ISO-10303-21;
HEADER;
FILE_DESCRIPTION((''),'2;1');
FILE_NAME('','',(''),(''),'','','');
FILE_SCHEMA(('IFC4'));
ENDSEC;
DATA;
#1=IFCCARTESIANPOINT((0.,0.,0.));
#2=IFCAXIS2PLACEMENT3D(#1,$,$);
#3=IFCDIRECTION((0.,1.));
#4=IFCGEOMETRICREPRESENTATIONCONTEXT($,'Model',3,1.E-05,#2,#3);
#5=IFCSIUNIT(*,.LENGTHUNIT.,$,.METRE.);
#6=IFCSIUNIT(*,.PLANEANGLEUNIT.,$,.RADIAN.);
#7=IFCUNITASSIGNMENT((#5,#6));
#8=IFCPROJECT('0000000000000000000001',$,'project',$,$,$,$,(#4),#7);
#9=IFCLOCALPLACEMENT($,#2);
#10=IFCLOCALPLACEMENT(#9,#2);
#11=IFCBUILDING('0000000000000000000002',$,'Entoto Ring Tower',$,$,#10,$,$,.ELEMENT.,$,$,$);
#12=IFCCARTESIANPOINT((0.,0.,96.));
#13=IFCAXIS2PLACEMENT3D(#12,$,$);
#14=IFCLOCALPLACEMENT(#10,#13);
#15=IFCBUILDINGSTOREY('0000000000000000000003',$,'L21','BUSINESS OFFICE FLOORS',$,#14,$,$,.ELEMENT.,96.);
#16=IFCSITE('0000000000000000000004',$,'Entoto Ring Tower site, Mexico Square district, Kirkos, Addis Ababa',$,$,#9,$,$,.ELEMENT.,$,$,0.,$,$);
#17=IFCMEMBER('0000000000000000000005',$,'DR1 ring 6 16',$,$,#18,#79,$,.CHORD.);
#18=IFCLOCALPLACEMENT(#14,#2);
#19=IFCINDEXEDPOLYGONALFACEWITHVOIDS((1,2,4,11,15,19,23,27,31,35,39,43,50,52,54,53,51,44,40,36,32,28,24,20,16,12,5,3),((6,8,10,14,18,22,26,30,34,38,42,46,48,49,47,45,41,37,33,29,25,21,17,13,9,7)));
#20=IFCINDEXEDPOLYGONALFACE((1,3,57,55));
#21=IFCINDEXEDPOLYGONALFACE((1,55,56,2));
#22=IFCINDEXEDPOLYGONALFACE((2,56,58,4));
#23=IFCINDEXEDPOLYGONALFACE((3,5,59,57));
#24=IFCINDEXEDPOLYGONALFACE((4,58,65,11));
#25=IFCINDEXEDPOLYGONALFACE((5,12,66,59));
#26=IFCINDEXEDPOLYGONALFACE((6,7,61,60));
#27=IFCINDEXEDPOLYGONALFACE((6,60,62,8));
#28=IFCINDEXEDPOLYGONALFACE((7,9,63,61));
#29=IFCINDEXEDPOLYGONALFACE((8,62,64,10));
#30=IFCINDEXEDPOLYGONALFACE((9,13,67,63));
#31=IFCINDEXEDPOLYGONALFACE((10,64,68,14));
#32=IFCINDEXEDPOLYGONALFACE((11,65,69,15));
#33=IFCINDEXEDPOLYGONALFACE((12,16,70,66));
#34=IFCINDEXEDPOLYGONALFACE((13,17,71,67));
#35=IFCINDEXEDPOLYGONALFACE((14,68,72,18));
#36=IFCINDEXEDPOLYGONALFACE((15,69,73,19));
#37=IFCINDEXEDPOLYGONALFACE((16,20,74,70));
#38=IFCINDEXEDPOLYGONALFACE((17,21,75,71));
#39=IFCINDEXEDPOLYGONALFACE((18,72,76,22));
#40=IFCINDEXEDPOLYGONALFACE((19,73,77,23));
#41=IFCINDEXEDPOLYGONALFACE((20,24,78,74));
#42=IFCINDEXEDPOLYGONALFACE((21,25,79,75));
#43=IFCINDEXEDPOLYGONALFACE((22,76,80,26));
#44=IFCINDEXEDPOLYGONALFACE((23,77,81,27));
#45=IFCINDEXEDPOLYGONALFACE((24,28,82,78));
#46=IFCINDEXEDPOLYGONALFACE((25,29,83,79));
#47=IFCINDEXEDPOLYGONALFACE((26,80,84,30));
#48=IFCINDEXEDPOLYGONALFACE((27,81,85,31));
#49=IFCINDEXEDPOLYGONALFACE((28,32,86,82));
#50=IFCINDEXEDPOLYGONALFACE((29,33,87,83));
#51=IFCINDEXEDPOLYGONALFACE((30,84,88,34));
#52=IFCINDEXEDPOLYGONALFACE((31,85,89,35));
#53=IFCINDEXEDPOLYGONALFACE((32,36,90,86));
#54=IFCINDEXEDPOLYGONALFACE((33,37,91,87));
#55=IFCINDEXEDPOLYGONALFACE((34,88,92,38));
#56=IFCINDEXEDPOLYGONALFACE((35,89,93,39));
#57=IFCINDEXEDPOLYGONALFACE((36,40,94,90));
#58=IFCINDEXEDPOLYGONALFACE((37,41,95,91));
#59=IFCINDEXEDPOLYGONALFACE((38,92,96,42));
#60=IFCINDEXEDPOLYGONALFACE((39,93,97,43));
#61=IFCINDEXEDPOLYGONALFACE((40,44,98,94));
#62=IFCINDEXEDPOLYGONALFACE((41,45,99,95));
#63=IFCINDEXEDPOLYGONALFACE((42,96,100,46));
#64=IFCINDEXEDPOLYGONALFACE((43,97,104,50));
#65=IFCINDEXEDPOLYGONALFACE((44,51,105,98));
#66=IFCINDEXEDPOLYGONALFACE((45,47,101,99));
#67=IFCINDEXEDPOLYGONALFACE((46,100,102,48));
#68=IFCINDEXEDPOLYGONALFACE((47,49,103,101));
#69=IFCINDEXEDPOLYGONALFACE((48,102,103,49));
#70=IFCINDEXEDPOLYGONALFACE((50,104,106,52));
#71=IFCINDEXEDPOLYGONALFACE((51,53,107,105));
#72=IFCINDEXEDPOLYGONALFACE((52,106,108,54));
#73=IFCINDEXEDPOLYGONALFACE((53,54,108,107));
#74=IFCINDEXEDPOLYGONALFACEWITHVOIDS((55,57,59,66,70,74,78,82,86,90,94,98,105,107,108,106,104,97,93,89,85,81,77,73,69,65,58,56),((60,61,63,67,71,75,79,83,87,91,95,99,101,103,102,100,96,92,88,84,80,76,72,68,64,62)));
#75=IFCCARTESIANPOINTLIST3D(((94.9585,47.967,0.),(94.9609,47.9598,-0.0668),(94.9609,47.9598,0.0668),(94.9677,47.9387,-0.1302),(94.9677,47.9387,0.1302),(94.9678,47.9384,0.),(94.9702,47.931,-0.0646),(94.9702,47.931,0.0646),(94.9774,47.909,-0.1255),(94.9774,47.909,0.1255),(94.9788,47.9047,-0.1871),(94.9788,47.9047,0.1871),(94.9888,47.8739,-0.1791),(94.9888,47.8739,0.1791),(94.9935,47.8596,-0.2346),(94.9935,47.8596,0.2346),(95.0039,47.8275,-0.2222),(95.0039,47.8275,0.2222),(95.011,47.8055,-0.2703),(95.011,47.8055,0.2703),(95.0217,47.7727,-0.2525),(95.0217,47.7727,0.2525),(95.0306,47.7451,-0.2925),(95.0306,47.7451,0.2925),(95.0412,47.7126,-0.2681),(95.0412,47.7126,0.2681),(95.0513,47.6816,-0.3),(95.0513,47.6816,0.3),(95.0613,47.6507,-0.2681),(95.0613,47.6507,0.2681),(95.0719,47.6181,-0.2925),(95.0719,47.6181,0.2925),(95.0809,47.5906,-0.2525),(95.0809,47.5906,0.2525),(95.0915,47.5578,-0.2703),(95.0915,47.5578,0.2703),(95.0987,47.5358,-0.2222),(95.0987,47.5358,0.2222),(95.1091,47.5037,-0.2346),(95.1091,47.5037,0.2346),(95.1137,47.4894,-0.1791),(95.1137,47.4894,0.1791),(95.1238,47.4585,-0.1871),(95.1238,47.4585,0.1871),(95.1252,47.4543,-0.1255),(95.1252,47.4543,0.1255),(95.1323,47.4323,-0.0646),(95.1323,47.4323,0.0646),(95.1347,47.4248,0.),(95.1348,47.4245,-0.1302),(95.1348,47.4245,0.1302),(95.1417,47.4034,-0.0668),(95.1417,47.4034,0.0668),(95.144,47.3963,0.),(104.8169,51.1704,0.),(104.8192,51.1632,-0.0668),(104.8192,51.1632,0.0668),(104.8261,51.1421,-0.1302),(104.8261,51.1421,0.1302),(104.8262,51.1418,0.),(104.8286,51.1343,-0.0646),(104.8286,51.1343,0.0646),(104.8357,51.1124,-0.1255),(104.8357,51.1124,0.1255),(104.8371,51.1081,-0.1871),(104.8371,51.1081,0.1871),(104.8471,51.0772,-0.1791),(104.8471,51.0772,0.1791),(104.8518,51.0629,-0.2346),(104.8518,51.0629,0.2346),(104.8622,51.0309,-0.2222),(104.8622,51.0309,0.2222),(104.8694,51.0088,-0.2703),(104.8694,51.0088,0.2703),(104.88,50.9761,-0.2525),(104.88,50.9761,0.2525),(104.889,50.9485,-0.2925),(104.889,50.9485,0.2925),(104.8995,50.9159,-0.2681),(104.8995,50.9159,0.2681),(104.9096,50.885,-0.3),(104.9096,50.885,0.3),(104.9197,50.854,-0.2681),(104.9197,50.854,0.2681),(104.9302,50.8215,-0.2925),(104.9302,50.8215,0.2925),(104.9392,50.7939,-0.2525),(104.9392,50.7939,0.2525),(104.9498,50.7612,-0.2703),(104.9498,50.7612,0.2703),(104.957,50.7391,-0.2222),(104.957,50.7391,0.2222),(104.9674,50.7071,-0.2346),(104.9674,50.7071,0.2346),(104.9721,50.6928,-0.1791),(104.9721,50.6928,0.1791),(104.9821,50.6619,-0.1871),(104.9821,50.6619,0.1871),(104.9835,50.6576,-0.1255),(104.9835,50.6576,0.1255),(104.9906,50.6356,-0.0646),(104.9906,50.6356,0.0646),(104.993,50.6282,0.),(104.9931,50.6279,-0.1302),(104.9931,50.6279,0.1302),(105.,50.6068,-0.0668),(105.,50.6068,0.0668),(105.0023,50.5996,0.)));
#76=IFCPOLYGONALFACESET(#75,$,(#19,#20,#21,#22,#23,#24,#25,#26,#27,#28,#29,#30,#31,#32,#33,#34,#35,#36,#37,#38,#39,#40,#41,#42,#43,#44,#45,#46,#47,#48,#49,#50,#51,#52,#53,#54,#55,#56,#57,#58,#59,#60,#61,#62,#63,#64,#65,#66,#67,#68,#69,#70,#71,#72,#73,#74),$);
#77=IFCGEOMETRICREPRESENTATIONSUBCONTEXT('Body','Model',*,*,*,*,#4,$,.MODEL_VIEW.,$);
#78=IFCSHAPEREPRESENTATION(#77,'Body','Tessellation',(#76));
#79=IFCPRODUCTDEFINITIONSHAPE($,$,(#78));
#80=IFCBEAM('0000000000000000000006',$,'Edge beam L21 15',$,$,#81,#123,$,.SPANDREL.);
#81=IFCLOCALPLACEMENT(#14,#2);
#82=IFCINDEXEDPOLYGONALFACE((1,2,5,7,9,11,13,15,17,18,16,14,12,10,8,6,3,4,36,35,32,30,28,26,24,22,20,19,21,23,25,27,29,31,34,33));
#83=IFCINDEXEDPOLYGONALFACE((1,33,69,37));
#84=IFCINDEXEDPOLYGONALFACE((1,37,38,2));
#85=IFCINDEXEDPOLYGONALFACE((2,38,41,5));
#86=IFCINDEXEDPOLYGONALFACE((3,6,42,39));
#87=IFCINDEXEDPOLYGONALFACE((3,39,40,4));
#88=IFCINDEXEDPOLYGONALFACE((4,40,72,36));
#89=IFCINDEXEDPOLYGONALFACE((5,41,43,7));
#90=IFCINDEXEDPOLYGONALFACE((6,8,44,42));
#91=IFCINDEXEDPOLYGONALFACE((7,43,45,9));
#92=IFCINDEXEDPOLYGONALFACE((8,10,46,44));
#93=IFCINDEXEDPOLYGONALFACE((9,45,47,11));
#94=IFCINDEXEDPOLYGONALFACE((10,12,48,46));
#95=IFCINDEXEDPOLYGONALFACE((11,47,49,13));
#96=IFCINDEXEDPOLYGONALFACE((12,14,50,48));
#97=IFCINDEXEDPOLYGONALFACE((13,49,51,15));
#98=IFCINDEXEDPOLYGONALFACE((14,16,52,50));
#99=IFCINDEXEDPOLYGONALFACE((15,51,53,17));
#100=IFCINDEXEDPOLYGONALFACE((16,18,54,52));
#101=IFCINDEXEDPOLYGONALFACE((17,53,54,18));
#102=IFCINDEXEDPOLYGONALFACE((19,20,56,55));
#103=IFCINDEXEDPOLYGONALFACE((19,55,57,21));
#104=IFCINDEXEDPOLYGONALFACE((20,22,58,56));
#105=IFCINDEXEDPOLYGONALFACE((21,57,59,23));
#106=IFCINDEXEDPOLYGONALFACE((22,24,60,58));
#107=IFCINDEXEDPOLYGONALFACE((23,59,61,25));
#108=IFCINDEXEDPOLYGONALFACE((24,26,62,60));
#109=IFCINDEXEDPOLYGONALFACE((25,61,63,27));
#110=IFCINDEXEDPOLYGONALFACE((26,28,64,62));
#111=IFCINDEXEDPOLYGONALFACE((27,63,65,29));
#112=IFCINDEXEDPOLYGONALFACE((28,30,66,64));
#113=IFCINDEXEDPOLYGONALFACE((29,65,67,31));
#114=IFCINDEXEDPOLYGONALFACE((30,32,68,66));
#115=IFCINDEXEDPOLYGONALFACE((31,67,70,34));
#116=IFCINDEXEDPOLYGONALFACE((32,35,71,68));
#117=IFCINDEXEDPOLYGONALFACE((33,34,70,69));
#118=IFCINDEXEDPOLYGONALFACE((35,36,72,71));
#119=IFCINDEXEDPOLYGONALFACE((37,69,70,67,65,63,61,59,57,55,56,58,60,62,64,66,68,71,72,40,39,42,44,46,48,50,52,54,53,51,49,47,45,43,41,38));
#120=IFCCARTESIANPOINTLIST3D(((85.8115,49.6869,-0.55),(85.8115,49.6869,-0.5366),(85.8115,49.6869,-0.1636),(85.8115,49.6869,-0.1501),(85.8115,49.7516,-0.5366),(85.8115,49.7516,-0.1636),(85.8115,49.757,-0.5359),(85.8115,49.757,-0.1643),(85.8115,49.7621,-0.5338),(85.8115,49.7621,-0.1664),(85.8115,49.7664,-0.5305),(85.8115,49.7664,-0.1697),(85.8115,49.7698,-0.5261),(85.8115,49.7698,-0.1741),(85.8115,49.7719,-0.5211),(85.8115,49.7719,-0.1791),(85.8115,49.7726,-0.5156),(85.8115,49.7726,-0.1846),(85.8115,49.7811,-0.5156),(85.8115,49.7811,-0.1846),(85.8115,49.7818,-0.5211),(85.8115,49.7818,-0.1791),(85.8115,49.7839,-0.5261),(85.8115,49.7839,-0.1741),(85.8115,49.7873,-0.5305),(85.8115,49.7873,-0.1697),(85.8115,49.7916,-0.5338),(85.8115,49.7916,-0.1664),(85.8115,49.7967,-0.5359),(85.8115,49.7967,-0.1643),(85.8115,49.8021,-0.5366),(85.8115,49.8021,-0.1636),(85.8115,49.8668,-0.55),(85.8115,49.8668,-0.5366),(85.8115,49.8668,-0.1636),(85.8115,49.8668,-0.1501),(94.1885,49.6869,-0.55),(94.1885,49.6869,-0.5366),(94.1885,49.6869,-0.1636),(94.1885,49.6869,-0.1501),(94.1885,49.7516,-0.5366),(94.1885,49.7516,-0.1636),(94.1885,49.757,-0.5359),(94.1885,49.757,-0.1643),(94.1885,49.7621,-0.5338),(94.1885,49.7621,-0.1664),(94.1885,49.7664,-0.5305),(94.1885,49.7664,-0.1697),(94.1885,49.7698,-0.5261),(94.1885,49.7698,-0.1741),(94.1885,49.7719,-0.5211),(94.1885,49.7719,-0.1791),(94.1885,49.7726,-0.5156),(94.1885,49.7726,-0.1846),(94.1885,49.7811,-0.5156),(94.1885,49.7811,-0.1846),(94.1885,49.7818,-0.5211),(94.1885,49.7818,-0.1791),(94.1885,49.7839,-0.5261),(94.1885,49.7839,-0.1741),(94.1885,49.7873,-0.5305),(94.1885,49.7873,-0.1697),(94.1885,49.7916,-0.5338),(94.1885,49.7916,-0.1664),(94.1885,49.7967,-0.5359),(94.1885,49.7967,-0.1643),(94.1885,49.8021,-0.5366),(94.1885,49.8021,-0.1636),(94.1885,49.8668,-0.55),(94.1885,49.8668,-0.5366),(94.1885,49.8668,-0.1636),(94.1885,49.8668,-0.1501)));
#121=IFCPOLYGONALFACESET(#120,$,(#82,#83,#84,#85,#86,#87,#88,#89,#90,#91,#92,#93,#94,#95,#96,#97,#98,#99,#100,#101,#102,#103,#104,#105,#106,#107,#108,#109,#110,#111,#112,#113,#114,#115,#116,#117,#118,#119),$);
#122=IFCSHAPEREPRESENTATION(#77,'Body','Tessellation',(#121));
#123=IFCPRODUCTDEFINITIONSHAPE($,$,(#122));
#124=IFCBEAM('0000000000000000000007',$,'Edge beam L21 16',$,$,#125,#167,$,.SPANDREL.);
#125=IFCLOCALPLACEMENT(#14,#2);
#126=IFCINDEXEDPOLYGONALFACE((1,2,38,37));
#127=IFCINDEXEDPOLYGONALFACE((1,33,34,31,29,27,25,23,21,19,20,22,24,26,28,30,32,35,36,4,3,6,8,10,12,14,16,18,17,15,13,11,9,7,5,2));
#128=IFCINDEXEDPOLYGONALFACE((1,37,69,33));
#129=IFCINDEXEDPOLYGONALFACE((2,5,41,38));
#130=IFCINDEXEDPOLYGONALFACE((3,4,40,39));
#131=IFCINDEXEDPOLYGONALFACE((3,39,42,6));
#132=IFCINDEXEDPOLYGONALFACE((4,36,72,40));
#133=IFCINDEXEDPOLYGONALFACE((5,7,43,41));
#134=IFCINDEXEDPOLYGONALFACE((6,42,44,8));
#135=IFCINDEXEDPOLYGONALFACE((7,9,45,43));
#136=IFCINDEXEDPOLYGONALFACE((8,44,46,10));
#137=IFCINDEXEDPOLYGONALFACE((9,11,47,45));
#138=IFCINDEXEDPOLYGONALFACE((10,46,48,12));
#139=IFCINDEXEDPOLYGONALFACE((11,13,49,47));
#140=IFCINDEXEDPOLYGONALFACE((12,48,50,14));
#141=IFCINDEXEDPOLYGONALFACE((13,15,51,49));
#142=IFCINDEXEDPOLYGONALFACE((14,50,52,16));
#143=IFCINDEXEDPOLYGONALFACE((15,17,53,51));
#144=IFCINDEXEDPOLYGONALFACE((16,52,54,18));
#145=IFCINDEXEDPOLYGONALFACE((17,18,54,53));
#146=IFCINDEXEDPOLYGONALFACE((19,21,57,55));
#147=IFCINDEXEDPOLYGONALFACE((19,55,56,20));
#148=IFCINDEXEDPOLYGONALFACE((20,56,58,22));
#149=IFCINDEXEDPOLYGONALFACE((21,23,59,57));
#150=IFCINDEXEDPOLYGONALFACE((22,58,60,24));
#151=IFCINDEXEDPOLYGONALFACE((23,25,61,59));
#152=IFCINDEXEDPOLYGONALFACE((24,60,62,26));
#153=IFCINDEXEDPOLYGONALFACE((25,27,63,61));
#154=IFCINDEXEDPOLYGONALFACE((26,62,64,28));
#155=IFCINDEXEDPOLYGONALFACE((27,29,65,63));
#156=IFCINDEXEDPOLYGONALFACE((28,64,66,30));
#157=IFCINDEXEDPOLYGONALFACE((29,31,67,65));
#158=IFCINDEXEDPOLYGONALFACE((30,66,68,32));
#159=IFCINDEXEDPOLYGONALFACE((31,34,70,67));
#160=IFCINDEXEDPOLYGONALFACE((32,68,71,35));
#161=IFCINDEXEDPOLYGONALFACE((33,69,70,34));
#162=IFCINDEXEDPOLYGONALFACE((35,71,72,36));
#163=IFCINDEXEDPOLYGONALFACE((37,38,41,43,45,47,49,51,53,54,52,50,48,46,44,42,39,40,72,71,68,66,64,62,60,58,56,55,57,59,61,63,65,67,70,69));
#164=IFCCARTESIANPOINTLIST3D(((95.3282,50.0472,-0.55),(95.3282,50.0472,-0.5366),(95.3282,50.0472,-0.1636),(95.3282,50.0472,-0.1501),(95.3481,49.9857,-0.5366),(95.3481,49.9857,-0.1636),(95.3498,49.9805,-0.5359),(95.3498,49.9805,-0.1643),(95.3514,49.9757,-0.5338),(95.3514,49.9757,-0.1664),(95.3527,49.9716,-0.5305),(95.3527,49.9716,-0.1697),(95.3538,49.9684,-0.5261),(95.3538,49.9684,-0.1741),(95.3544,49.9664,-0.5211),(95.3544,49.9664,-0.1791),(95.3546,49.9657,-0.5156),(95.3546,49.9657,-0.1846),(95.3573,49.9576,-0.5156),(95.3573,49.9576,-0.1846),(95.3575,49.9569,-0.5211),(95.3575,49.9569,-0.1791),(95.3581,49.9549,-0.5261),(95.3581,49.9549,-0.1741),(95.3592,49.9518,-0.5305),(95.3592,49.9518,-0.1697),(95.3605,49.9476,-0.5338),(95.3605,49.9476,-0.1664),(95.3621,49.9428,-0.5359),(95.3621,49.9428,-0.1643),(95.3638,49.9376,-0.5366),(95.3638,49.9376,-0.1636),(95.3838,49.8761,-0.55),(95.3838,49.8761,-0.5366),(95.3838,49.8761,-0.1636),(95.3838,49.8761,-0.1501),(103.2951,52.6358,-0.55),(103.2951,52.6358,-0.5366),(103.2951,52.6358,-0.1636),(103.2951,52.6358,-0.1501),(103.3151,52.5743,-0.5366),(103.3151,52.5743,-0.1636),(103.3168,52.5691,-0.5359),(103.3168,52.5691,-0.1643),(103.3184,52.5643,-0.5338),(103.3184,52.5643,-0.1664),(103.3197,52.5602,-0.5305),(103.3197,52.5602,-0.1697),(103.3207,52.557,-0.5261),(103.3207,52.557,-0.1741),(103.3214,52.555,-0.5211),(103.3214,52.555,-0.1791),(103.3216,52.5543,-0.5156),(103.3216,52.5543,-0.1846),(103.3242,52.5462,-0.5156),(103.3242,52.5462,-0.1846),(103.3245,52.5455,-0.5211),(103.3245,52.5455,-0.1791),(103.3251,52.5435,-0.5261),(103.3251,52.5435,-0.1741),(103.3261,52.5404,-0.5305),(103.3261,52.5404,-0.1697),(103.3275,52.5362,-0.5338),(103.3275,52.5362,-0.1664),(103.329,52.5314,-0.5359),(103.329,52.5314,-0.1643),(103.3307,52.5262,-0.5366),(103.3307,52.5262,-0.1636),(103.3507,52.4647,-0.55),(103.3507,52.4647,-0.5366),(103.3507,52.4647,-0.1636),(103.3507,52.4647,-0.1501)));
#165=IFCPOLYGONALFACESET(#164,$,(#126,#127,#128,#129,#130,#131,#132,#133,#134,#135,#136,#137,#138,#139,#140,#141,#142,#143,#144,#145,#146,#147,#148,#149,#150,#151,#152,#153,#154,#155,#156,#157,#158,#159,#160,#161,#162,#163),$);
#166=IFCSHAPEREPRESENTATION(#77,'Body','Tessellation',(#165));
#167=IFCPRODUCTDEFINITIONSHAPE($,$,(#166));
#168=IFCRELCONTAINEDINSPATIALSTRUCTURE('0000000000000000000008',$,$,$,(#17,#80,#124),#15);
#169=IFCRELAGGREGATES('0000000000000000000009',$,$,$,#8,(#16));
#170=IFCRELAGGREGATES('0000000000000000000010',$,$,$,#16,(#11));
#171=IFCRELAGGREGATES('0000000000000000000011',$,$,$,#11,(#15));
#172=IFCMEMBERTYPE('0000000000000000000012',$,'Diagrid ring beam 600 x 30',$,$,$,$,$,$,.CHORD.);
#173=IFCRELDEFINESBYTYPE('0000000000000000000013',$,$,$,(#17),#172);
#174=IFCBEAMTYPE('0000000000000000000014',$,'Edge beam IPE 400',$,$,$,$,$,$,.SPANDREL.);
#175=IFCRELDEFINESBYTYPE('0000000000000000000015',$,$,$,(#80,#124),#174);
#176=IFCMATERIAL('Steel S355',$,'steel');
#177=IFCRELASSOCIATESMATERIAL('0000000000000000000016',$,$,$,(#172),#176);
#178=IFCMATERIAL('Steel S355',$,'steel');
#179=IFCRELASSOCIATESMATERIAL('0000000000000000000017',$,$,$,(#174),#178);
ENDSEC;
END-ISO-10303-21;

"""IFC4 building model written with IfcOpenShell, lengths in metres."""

from ifc_helpers import new_model, si_unit, direction, frame, origin, origin_2d, place, context, subcontext, project, spatial, circle, hollow_circle, i_section, extrude, material, material_profile, profile_set, type_object, element, save


model = new_model("IFC4")

# Units and contexts
model_context = context("Model", 3, precision=1e-05, world=origin(), true_north=direction((0.0, 1.0)))
body_context = subcontext(model_context, "Body", "Model", "MODEL_VIEW")
ifc_project = project(units=[si_unit("LENGTHUNIT", "METRE"), si_unit("PLANEANGLEUNIT", "RADIAN")], contexts=[model_context])

# Site, building, storey
site_placement = place(None, origin())
site = spatial("IfcSite", under=ifc_project, at=site_placement, Name="Entoto Ring Tower site, Mexico Square district, Kirkos, Addis Ababa", CompositionType="ELEMENT", RefElevation=0.0)
building_placement = place(site_placement, origin())
building = spatial("IfcBuilding", under=site, at=building_placement, Name="Entoto Ring Tower", CompositionType="ELEMENT")
storey_placement = place(building_placement, frame((0.0, 0.0, 96.0)))
storey = spatial("IfcBuildingStorey", under=building, at=storey_placement, Name="L21", Description="BUSINESS OFFICE FLOORS", CompositionType="ELEMENT", Elevation=96.0)

# Member
ifc_material_1 = material(Name="Steel S355", Category="steel")
ifc_material_profile_1 = material_profile(ifc_material_1, hollow_circle(Radius=0.3, WallThickness=0.03, at=origin_2d()), Name="CHS 600 x 30")
ifc_material_2 = material(Name="Concrete C60/75", Category="concrete")
ifc_material_profile_2 = material_profile(ifc_material_2, circle(Radius=0.27, at=origin_2d()), Name="Concrete C60/75 infill")
ifc_profile_set_1 = profile_set([ifc_material_profile_1, ifc_material_profile_2], Name="Steel S355")
member_type_1 = type_object("IfcMemberType", Name="Diagrid ring beam 600 x 30", PredefinedType="CHORD", material=ifc_profile_set_1)
member_placement = place(storey_placement, frame((95.0513, 47.6816, 0.0), z_axis=(0.951051, 0.309033, 0.0), x_axis=(-0.309033, 0.951051, 0.0)))
element("IfcMember", 1, at=member_placement, inside=storey, type_object=member_type_1, Name="DR1 ring 6 16", PredefinedType="CHORD", context=body_context, shape_type="SweptSolid", body=[
    extrude(hollow_circle(Radius=0.3, WallThickness=0.03, at=origin_2d()), origin(), (0.0, 0.0, 1.0), 10.3657),
])

# Beams
ifc_material_3 = material(Name="Steel S355", Category="steel")
ifc_material_profile_3 = material_profile(ifc_material_3, i_section(OverallWidth=0.1799, OverallDepth=0.3999, WebThickness=0.0085, FlangeThickness=0.0134, FilletRadius=0.021, at=origin_2d()), Name="IPE 400")
ifc_profile_set_2 = profile_set([ifc_material_profile_3], Name="Steel S355")
beam_type_1 = type_object("IfcBeamType", Name="Edge beam IPE 400", PredefinedType="SPANDREL", material=ifc_profile_set_2)
for number, where, z_axis, x_axis, name in (
    (2, (85.8115, 49.7769, -0.3501), (1.0, 0.0, 0.0), (0.0, 1.0, 0.0), "Edge beam L21 15"),
    (3, (95.356, 49.9617, -0.3501), (0.951057, 0.309014, 0.0), (-0.309014, 0.951057, 0.0), "Edge beam L21 16"),
):
    element("IfcBeam", number, at=place(storey_placement, frame(where, z_axis=z_axis, x_axis=x_axis)), inside=storey, type_object=beam_type_1, Name=name, PredefinedType="SPANDREL", context=body_context, shape_type="SweptSolid", body=[
        extrude(i_section(OverallWidth=0.1799, OverallDepth=0.3999, WebThickness=0.0085, FlangeThickness=0.0134, FilletRadius=0.021, at=origin_2d()), origin(), (0.0, 0.0, 1.0), 8.377),
    ])

save(model, "model.ifc")
